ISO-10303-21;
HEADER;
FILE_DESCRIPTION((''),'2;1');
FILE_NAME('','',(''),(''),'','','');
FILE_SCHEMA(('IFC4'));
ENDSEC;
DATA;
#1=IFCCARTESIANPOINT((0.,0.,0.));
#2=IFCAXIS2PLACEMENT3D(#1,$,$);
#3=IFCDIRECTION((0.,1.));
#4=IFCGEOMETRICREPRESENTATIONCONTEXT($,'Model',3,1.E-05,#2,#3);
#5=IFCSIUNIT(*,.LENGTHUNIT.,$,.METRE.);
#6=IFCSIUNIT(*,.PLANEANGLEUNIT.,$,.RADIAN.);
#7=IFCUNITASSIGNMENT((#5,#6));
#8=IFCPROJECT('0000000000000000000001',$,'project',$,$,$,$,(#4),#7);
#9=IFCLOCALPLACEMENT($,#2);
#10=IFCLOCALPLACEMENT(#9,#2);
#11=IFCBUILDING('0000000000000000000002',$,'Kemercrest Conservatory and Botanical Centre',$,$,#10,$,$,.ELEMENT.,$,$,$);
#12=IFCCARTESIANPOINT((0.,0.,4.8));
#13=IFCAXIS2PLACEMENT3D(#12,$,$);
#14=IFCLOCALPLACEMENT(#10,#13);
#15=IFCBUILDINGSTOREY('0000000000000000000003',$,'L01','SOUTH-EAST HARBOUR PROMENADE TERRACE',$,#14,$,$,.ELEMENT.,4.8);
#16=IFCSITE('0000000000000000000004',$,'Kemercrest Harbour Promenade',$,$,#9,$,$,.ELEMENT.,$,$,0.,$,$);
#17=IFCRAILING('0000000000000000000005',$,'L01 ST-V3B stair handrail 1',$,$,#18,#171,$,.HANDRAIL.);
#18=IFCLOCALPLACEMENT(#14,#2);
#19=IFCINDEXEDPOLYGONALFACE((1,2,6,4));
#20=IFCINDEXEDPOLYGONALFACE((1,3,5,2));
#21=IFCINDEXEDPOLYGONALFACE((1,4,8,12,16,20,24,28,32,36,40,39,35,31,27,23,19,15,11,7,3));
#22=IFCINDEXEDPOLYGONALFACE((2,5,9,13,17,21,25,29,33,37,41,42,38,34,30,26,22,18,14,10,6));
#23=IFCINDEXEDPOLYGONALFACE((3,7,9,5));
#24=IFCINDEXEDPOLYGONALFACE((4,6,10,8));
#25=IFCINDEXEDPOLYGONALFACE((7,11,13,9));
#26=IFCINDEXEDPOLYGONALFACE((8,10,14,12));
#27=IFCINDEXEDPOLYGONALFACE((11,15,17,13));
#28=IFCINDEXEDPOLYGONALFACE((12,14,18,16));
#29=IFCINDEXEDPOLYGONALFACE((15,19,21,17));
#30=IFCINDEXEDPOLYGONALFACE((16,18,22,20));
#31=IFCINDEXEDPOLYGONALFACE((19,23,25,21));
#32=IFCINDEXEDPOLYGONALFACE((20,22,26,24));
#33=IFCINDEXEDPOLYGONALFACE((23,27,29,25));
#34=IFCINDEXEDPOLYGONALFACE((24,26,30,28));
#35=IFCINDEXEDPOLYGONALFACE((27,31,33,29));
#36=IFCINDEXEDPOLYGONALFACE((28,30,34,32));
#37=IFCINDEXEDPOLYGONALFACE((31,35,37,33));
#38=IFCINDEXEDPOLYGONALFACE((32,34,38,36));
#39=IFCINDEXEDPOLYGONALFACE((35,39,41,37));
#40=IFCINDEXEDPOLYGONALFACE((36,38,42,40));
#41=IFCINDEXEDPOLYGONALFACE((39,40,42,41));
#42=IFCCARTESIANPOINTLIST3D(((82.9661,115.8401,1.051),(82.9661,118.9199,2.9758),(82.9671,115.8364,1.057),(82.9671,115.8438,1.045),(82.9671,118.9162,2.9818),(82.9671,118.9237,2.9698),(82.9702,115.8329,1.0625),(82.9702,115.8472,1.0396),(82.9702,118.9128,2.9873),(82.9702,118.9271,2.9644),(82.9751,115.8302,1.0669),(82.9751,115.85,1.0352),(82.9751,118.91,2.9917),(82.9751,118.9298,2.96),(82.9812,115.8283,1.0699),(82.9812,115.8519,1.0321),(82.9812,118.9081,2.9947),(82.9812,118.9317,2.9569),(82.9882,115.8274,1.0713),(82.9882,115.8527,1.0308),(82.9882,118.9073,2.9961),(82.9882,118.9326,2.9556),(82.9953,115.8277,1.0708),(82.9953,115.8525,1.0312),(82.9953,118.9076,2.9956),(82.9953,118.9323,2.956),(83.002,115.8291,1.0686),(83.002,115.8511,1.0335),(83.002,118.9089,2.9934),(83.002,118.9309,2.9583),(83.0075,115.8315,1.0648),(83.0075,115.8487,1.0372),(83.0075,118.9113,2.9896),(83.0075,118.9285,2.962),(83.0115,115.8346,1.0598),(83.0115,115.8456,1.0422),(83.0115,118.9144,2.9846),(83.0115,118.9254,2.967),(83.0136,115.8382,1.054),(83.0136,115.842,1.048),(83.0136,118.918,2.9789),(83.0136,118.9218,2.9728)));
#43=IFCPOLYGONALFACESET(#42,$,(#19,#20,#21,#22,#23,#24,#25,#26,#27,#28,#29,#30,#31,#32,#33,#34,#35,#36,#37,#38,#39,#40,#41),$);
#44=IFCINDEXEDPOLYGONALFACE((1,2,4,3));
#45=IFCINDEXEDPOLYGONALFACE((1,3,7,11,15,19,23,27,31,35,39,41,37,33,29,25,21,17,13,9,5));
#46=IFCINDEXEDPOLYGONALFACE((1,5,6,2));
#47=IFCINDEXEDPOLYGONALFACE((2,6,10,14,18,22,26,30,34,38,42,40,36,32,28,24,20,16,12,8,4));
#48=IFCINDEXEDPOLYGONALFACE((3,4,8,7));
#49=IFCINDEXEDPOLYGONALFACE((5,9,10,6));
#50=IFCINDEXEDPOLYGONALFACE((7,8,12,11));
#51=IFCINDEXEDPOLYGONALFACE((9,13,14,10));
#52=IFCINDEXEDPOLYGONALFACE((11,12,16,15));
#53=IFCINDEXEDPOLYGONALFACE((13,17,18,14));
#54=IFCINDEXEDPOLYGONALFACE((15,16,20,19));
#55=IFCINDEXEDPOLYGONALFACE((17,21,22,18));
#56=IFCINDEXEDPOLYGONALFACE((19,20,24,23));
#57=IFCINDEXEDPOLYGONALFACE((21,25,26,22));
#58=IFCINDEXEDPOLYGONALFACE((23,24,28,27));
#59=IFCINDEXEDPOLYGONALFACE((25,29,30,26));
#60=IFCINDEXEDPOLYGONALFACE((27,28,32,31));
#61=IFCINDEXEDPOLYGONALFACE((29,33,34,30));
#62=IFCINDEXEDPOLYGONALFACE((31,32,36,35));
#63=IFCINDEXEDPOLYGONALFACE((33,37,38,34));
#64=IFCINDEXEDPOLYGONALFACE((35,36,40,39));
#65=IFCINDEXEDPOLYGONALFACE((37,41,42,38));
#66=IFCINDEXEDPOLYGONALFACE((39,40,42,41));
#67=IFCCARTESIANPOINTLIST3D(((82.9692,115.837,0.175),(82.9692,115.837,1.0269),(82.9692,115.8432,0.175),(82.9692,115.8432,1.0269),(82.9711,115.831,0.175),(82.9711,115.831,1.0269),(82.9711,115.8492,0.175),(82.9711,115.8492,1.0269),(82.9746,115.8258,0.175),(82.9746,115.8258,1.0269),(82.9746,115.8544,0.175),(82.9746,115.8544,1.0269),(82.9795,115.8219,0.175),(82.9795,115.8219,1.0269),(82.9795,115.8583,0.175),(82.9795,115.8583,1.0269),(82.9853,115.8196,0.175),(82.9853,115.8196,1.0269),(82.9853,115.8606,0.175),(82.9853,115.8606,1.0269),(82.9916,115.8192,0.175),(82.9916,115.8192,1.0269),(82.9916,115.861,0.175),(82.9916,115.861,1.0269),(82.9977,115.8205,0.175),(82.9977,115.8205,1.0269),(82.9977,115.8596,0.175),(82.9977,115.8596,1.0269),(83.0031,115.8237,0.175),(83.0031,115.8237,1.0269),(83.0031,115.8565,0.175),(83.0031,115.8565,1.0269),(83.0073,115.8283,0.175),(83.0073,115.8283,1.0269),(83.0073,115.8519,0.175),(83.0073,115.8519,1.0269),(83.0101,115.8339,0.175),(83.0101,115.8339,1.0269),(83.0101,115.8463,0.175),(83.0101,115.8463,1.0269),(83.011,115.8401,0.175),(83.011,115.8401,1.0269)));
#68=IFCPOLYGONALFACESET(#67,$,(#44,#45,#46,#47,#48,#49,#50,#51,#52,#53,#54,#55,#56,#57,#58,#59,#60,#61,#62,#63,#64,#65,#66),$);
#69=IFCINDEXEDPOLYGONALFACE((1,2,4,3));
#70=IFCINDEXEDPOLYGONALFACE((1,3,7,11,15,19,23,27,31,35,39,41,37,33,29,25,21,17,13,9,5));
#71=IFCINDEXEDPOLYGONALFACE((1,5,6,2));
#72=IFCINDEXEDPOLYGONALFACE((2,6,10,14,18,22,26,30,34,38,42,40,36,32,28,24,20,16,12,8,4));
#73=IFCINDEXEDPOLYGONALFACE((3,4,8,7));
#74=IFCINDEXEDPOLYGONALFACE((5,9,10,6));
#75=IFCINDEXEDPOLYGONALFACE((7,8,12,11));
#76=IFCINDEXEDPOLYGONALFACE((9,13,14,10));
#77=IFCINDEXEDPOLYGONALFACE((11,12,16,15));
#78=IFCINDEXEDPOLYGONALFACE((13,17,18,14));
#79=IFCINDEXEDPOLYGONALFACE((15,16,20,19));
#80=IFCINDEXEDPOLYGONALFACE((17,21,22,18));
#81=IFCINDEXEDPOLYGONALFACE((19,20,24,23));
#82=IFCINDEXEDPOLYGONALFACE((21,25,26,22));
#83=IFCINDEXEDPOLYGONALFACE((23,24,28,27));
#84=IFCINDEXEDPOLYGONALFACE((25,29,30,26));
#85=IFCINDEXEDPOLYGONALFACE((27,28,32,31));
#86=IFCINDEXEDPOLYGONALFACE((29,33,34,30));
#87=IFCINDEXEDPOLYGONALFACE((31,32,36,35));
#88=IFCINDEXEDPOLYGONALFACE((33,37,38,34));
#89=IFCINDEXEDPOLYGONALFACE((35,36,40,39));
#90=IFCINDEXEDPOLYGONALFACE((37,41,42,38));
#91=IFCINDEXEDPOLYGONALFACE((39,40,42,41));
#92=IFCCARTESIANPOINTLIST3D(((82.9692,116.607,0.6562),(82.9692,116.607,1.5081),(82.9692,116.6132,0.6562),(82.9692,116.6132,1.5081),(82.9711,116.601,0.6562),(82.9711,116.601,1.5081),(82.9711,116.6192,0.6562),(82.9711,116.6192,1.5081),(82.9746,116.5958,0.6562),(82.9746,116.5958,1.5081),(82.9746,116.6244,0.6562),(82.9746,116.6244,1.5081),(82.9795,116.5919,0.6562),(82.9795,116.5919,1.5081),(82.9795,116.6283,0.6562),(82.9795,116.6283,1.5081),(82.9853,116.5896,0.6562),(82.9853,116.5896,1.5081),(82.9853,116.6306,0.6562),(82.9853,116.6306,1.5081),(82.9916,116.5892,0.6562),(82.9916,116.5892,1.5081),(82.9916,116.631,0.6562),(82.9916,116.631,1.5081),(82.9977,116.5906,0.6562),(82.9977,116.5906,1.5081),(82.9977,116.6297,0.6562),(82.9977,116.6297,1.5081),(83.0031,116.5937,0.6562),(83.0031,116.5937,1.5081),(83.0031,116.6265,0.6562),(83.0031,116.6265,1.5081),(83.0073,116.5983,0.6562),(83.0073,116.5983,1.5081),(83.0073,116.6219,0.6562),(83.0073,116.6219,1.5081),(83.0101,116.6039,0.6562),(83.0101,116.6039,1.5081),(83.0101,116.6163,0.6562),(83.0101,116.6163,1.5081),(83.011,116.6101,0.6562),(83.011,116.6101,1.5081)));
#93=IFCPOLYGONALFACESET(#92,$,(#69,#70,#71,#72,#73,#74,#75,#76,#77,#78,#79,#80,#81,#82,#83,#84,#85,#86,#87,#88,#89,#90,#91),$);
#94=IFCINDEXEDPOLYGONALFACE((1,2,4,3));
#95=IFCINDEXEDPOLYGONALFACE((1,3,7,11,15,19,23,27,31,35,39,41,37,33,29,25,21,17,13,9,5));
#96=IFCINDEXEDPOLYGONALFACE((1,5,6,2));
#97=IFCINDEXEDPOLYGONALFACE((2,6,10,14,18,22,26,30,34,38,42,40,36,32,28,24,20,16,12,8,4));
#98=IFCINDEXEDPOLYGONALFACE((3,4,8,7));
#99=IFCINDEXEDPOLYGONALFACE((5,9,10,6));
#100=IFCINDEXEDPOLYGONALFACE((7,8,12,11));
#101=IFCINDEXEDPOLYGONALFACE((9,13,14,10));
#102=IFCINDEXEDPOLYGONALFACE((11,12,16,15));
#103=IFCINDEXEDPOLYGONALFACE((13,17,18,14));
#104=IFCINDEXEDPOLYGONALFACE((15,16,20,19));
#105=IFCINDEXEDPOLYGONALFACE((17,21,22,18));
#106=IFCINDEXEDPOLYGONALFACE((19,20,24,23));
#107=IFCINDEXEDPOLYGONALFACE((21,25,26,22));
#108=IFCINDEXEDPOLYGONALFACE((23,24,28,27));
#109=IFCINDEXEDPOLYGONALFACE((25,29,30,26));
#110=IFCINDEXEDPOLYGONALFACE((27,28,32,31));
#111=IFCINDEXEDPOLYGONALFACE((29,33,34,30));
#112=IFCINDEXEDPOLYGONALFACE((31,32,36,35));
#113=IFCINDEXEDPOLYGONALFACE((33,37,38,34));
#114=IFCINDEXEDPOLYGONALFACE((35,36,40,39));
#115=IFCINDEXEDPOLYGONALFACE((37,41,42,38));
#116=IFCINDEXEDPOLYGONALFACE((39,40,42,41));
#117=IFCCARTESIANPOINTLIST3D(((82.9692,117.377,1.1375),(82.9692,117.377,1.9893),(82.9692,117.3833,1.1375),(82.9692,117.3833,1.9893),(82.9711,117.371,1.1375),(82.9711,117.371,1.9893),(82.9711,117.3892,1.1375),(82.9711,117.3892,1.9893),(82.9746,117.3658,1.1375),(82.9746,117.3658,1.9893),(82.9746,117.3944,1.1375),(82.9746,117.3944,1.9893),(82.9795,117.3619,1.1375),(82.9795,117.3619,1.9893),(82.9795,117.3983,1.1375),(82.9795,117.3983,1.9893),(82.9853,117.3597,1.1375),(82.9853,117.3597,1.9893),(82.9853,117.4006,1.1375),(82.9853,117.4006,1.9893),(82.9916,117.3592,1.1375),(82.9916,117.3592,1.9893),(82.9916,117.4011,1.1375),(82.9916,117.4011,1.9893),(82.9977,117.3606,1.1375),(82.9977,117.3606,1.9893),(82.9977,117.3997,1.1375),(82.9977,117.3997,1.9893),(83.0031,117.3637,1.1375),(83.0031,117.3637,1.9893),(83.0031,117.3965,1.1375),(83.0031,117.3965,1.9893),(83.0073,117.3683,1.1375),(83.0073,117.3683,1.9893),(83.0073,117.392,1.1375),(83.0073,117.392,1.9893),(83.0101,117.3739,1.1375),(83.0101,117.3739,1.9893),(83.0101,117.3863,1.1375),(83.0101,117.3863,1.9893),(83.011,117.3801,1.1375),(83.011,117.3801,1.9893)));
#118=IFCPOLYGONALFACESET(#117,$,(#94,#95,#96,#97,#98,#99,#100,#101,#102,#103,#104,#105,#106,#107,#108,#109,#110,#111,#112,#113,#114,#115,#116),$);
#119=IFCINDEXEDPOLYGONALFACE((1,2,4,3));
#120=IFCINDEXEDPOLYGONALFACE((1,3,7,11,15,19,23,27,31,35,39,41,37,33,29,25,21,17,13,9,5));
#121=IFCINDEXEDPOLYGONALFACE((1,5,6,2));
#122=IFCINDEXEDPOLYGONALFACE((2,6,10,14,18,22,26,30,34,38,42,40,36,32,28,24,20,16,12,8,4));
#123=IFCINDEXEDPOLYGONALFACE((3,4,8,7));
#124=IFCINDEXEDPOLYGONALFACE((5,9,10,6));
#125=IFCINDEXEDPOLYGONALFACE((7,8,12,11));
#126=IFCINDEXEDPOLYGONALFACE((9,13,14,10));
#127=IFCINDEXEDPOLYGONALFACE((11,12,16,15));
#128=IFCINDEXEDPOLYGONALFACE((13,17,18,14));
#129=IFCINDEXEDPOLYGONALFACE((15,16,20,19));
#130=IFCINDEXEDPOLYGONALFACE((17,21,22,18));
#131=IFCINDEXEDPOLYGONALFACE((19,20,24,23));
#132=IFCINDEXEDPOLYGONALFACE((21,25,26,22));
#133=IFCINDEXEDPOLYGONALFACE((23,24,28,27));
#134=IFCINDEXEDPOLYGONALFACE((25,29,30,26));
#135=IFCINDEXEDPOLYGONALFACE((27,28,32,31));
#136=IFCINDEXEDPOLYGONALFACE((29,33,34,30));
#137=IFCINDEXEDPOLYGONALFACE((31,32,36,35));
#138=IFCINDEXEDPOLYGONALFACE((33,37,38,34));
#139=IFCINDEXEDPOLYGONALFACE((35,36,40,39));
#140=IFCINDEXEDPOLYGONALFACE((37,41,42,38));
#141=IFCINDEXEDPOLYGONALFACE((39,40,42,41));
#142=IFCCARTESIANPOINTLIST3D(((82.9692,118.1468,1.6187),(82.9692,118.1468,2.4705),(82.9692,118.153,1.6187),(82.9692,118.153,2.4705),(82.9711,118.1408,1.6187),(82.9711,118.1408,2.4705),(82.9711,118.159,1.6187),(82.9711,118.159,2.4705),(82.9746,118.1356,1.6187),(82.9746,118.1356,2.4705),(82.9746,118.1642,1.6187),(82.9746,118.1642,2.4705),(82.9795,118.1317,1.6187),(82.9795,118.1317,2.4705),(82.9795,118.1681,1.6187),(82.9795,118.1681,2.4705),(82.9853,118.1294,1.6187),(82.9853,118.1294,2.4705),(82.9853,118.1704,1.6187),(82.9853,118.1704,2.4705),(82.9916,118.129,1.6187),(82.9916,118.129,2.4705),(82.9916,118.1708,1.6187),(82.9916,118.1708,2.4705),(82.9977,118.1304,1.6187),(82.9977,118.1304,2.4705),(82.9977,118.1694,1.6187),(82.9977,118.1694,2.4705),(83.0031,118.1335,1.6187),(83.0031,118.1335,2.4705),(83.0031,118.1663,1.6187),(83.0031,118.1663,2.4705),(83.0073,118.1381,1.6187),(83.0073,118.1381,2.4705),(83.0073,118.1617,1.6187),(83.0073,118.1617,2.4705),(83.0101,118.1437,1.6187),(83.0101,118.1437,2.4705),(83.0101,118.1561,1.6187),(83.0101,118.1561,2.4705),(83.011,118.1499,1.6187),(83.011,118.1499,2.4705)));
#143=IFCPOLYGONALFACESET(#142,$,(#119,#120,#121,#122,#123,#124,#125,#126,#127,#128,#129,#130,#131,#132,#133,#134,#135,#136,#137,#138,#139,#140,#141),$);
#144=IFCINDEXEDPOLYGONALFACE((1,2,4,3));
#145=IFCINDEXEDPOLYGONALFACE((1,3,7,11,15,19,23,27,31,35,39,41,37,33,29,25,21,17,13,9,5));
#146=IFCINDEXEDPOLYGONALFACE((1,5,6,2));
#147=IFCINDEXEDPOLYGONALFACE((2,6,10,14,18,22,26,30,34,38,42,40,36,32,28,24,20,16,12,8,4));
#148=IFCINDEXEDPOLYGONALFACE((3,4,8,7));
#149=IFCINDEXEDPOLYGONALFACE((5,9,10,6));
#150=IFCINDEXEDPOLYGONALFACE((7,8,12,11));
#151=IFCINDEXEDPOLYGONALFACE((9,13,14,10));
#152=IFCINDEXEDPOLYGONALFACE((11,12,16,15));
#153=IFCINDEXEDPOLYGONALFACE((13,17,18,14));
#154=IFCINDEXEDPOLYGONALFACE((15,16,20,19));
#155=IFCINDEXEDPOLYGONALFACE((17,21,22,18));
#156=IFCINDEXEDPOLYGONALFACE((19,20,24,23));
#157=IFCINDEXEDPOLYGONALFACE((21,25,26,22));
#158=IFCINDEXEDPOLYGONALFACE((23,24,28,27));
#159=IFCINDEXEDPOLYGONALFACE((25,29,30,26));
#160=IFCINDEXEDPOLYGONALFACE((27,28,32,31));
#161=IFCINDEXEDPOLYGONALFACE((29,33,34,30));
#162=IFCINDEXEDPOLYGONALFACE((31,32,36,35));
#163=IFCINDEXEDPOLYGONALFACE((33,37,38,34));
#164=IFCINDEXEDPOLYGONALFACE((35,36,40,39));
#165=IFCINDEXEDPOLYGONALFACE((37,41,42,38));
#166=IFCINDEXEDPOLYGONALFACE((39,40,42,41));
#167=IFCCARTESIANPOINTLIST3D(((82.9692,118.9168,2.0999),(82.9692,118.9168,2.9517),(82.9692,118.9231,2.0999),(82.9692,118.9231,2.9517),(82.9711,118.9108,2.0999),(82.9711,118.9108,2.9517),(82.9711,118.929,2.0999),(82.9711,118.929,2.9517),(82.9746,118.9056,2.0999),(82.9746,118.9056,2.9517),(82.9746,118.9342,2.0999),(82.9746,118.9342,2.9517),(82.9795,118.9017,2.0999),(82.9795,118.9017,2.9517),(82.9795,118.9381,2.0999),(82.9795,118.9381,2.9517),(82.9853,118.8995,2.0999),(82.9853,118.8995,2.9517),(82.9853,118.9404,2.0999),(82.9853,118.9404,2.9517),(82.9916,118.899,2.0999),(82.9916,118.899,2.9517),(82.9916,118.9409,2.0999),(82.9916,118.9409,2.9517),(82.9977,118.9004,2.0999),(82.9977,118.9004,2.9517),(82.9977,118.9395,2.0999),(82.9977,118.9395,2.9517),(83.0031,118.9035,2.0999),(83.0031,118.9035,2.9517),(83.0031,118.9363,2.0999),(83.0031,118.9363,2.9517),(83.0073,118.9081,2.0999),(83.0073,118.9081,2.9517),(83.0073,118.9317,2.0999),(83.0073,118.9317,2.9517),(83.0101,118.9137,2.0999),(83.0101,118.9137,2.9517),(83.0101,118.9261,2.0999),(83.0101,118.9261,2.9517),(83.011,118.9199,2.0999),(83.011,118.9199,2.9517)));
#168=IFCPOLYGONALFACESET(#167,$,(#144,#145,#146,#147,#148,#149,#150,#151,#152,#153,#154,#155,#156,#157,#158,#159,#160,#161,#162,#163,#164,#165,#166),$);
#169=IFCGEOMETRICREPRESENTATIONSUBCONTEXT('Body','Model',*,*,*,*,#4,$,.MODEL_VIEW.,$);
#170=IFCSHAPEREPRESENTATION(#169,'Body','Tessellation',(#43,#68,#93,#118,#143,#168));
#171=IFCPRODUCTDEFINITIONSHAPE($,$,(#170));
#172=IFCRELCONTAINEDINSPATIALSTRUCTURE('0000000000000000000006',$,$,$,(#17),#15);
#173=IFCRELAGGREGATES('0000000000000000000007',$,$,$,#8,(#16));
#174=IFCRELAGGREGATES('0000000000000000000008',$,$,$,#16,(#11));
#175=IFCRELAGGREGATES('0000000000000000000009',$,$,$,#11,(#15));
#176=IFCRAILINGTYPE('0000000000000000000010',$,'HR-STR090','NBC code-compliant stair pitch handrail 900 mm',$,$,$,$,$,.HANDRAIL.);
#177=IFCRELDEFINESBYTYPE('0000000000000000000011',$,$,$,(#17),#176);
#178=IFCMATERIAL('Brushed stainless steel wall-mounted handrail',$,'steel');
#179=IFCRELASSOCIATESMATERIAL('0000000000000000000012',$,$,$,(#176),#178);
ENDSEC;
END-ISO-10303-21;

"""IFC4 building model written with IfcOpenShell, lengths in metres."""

from ifc_helpers import new_model, si_unit, direction, frame, origin, origin_2d, place, context, subcontext, project, spatial, circle, extrude, material, type_object, element, save


model = new_model("IFC4")

# Units and contexts
model_context = context("Model", 3, precision=1e-05, world=origin(), true_north=direction((0.0, 1.0)))
body_context = subcontext(model_context, "Body", "Model", "MODEL_VIEW")
ifc_project = project(units=[si_unit("LENGTHUNIT", "METRE"), si_unit("PLANEANGLEUNIT", "RADIAN")], contexts=[model_context])

# Site, building, storey
site_placement = place(None, origin())
site = spatial("IfcSite", under=ifc_project, at=site_placement, Name="Kemercrest Harbour Promenade", CompositionType="ELEMENT", RefElevation=0.0)
building_placement = place(site_placement, origin())
building = spatial("IfcBuilding", under=site, at=building_placement, Name="Kemercrest Conservatory and Botanical Centre", CompositionType="ELEMENT")
storey_placement = place(building_placement, frame((0.0, 0.0, 4.8)))
storey = spatial("IfcBuildingStorey", under=building, at=storey_placement, Name="L01", Description="SOUTH-EAST HARBOUR PROMENADE TERRACE", CompositionType="ELEMENT", Elevation=4.8)

# Railing
ifc_material_1 = material(Name="Brushed stainless steel wall-mounted handrail", Category="steel")
railing_type_1 = type_object("IfcRailingType", Name="HR-STR090", Description="NBC code-compliant stair pitch handrail 900 mm", PredefinedType="HANDRAIL", material=ifc_material_1)
railing_1_placement = place(storey_placement, frame((82.99, 115.8401, 0.175)))
element("IfcRailing", 1, at=railing_1_placement, inside=storey, type_object=railing_type_1, Name="L01 ST-V3B stair handrail 1", PredefinedType="HANDRAIL", context=body_context, shape_type="SweptSolid", body=[
    extrude(circle(Radius=0.0239, at=origin_2d()), frame((0.0, 0.0, 0.876), z_axis=(0.0, 0.84801, 0.529981), x_axis=(-1.0, 0.0, 0.0)), (0.0, 0.0, 1.0), 3.6318),
    extrude(circle(Radius=0.021, at=origin_2d()), origin(), (0.0, 0.0, 1.0), 0.8518),
    extrude(circle(Radius=0.021, at=origin_2d()), frame((0.0, 0.77, 0.4812)), (0.0, 0.0, 1.0), 0.8518),
    extrude(circle(Radius=0.021, at=origin_2d()), frame((0.0, 1.54, 0.9624)), (0.0, 0.0, 1.0), 0.8518),
    extrude(circle(Radius=0.021, at=origin_2d()), frame((0.0, 2.3098, 1.4436)), (0.0, 0.0, 1.0), 0.8518),
    extrude(circle(Radius=0.021, at=origin_2d()), frame((0.0, 3.0798, 1.9248)), (0.0, 0.0, 1.0), 0.8518),
])

save(model, "model.ifc")
